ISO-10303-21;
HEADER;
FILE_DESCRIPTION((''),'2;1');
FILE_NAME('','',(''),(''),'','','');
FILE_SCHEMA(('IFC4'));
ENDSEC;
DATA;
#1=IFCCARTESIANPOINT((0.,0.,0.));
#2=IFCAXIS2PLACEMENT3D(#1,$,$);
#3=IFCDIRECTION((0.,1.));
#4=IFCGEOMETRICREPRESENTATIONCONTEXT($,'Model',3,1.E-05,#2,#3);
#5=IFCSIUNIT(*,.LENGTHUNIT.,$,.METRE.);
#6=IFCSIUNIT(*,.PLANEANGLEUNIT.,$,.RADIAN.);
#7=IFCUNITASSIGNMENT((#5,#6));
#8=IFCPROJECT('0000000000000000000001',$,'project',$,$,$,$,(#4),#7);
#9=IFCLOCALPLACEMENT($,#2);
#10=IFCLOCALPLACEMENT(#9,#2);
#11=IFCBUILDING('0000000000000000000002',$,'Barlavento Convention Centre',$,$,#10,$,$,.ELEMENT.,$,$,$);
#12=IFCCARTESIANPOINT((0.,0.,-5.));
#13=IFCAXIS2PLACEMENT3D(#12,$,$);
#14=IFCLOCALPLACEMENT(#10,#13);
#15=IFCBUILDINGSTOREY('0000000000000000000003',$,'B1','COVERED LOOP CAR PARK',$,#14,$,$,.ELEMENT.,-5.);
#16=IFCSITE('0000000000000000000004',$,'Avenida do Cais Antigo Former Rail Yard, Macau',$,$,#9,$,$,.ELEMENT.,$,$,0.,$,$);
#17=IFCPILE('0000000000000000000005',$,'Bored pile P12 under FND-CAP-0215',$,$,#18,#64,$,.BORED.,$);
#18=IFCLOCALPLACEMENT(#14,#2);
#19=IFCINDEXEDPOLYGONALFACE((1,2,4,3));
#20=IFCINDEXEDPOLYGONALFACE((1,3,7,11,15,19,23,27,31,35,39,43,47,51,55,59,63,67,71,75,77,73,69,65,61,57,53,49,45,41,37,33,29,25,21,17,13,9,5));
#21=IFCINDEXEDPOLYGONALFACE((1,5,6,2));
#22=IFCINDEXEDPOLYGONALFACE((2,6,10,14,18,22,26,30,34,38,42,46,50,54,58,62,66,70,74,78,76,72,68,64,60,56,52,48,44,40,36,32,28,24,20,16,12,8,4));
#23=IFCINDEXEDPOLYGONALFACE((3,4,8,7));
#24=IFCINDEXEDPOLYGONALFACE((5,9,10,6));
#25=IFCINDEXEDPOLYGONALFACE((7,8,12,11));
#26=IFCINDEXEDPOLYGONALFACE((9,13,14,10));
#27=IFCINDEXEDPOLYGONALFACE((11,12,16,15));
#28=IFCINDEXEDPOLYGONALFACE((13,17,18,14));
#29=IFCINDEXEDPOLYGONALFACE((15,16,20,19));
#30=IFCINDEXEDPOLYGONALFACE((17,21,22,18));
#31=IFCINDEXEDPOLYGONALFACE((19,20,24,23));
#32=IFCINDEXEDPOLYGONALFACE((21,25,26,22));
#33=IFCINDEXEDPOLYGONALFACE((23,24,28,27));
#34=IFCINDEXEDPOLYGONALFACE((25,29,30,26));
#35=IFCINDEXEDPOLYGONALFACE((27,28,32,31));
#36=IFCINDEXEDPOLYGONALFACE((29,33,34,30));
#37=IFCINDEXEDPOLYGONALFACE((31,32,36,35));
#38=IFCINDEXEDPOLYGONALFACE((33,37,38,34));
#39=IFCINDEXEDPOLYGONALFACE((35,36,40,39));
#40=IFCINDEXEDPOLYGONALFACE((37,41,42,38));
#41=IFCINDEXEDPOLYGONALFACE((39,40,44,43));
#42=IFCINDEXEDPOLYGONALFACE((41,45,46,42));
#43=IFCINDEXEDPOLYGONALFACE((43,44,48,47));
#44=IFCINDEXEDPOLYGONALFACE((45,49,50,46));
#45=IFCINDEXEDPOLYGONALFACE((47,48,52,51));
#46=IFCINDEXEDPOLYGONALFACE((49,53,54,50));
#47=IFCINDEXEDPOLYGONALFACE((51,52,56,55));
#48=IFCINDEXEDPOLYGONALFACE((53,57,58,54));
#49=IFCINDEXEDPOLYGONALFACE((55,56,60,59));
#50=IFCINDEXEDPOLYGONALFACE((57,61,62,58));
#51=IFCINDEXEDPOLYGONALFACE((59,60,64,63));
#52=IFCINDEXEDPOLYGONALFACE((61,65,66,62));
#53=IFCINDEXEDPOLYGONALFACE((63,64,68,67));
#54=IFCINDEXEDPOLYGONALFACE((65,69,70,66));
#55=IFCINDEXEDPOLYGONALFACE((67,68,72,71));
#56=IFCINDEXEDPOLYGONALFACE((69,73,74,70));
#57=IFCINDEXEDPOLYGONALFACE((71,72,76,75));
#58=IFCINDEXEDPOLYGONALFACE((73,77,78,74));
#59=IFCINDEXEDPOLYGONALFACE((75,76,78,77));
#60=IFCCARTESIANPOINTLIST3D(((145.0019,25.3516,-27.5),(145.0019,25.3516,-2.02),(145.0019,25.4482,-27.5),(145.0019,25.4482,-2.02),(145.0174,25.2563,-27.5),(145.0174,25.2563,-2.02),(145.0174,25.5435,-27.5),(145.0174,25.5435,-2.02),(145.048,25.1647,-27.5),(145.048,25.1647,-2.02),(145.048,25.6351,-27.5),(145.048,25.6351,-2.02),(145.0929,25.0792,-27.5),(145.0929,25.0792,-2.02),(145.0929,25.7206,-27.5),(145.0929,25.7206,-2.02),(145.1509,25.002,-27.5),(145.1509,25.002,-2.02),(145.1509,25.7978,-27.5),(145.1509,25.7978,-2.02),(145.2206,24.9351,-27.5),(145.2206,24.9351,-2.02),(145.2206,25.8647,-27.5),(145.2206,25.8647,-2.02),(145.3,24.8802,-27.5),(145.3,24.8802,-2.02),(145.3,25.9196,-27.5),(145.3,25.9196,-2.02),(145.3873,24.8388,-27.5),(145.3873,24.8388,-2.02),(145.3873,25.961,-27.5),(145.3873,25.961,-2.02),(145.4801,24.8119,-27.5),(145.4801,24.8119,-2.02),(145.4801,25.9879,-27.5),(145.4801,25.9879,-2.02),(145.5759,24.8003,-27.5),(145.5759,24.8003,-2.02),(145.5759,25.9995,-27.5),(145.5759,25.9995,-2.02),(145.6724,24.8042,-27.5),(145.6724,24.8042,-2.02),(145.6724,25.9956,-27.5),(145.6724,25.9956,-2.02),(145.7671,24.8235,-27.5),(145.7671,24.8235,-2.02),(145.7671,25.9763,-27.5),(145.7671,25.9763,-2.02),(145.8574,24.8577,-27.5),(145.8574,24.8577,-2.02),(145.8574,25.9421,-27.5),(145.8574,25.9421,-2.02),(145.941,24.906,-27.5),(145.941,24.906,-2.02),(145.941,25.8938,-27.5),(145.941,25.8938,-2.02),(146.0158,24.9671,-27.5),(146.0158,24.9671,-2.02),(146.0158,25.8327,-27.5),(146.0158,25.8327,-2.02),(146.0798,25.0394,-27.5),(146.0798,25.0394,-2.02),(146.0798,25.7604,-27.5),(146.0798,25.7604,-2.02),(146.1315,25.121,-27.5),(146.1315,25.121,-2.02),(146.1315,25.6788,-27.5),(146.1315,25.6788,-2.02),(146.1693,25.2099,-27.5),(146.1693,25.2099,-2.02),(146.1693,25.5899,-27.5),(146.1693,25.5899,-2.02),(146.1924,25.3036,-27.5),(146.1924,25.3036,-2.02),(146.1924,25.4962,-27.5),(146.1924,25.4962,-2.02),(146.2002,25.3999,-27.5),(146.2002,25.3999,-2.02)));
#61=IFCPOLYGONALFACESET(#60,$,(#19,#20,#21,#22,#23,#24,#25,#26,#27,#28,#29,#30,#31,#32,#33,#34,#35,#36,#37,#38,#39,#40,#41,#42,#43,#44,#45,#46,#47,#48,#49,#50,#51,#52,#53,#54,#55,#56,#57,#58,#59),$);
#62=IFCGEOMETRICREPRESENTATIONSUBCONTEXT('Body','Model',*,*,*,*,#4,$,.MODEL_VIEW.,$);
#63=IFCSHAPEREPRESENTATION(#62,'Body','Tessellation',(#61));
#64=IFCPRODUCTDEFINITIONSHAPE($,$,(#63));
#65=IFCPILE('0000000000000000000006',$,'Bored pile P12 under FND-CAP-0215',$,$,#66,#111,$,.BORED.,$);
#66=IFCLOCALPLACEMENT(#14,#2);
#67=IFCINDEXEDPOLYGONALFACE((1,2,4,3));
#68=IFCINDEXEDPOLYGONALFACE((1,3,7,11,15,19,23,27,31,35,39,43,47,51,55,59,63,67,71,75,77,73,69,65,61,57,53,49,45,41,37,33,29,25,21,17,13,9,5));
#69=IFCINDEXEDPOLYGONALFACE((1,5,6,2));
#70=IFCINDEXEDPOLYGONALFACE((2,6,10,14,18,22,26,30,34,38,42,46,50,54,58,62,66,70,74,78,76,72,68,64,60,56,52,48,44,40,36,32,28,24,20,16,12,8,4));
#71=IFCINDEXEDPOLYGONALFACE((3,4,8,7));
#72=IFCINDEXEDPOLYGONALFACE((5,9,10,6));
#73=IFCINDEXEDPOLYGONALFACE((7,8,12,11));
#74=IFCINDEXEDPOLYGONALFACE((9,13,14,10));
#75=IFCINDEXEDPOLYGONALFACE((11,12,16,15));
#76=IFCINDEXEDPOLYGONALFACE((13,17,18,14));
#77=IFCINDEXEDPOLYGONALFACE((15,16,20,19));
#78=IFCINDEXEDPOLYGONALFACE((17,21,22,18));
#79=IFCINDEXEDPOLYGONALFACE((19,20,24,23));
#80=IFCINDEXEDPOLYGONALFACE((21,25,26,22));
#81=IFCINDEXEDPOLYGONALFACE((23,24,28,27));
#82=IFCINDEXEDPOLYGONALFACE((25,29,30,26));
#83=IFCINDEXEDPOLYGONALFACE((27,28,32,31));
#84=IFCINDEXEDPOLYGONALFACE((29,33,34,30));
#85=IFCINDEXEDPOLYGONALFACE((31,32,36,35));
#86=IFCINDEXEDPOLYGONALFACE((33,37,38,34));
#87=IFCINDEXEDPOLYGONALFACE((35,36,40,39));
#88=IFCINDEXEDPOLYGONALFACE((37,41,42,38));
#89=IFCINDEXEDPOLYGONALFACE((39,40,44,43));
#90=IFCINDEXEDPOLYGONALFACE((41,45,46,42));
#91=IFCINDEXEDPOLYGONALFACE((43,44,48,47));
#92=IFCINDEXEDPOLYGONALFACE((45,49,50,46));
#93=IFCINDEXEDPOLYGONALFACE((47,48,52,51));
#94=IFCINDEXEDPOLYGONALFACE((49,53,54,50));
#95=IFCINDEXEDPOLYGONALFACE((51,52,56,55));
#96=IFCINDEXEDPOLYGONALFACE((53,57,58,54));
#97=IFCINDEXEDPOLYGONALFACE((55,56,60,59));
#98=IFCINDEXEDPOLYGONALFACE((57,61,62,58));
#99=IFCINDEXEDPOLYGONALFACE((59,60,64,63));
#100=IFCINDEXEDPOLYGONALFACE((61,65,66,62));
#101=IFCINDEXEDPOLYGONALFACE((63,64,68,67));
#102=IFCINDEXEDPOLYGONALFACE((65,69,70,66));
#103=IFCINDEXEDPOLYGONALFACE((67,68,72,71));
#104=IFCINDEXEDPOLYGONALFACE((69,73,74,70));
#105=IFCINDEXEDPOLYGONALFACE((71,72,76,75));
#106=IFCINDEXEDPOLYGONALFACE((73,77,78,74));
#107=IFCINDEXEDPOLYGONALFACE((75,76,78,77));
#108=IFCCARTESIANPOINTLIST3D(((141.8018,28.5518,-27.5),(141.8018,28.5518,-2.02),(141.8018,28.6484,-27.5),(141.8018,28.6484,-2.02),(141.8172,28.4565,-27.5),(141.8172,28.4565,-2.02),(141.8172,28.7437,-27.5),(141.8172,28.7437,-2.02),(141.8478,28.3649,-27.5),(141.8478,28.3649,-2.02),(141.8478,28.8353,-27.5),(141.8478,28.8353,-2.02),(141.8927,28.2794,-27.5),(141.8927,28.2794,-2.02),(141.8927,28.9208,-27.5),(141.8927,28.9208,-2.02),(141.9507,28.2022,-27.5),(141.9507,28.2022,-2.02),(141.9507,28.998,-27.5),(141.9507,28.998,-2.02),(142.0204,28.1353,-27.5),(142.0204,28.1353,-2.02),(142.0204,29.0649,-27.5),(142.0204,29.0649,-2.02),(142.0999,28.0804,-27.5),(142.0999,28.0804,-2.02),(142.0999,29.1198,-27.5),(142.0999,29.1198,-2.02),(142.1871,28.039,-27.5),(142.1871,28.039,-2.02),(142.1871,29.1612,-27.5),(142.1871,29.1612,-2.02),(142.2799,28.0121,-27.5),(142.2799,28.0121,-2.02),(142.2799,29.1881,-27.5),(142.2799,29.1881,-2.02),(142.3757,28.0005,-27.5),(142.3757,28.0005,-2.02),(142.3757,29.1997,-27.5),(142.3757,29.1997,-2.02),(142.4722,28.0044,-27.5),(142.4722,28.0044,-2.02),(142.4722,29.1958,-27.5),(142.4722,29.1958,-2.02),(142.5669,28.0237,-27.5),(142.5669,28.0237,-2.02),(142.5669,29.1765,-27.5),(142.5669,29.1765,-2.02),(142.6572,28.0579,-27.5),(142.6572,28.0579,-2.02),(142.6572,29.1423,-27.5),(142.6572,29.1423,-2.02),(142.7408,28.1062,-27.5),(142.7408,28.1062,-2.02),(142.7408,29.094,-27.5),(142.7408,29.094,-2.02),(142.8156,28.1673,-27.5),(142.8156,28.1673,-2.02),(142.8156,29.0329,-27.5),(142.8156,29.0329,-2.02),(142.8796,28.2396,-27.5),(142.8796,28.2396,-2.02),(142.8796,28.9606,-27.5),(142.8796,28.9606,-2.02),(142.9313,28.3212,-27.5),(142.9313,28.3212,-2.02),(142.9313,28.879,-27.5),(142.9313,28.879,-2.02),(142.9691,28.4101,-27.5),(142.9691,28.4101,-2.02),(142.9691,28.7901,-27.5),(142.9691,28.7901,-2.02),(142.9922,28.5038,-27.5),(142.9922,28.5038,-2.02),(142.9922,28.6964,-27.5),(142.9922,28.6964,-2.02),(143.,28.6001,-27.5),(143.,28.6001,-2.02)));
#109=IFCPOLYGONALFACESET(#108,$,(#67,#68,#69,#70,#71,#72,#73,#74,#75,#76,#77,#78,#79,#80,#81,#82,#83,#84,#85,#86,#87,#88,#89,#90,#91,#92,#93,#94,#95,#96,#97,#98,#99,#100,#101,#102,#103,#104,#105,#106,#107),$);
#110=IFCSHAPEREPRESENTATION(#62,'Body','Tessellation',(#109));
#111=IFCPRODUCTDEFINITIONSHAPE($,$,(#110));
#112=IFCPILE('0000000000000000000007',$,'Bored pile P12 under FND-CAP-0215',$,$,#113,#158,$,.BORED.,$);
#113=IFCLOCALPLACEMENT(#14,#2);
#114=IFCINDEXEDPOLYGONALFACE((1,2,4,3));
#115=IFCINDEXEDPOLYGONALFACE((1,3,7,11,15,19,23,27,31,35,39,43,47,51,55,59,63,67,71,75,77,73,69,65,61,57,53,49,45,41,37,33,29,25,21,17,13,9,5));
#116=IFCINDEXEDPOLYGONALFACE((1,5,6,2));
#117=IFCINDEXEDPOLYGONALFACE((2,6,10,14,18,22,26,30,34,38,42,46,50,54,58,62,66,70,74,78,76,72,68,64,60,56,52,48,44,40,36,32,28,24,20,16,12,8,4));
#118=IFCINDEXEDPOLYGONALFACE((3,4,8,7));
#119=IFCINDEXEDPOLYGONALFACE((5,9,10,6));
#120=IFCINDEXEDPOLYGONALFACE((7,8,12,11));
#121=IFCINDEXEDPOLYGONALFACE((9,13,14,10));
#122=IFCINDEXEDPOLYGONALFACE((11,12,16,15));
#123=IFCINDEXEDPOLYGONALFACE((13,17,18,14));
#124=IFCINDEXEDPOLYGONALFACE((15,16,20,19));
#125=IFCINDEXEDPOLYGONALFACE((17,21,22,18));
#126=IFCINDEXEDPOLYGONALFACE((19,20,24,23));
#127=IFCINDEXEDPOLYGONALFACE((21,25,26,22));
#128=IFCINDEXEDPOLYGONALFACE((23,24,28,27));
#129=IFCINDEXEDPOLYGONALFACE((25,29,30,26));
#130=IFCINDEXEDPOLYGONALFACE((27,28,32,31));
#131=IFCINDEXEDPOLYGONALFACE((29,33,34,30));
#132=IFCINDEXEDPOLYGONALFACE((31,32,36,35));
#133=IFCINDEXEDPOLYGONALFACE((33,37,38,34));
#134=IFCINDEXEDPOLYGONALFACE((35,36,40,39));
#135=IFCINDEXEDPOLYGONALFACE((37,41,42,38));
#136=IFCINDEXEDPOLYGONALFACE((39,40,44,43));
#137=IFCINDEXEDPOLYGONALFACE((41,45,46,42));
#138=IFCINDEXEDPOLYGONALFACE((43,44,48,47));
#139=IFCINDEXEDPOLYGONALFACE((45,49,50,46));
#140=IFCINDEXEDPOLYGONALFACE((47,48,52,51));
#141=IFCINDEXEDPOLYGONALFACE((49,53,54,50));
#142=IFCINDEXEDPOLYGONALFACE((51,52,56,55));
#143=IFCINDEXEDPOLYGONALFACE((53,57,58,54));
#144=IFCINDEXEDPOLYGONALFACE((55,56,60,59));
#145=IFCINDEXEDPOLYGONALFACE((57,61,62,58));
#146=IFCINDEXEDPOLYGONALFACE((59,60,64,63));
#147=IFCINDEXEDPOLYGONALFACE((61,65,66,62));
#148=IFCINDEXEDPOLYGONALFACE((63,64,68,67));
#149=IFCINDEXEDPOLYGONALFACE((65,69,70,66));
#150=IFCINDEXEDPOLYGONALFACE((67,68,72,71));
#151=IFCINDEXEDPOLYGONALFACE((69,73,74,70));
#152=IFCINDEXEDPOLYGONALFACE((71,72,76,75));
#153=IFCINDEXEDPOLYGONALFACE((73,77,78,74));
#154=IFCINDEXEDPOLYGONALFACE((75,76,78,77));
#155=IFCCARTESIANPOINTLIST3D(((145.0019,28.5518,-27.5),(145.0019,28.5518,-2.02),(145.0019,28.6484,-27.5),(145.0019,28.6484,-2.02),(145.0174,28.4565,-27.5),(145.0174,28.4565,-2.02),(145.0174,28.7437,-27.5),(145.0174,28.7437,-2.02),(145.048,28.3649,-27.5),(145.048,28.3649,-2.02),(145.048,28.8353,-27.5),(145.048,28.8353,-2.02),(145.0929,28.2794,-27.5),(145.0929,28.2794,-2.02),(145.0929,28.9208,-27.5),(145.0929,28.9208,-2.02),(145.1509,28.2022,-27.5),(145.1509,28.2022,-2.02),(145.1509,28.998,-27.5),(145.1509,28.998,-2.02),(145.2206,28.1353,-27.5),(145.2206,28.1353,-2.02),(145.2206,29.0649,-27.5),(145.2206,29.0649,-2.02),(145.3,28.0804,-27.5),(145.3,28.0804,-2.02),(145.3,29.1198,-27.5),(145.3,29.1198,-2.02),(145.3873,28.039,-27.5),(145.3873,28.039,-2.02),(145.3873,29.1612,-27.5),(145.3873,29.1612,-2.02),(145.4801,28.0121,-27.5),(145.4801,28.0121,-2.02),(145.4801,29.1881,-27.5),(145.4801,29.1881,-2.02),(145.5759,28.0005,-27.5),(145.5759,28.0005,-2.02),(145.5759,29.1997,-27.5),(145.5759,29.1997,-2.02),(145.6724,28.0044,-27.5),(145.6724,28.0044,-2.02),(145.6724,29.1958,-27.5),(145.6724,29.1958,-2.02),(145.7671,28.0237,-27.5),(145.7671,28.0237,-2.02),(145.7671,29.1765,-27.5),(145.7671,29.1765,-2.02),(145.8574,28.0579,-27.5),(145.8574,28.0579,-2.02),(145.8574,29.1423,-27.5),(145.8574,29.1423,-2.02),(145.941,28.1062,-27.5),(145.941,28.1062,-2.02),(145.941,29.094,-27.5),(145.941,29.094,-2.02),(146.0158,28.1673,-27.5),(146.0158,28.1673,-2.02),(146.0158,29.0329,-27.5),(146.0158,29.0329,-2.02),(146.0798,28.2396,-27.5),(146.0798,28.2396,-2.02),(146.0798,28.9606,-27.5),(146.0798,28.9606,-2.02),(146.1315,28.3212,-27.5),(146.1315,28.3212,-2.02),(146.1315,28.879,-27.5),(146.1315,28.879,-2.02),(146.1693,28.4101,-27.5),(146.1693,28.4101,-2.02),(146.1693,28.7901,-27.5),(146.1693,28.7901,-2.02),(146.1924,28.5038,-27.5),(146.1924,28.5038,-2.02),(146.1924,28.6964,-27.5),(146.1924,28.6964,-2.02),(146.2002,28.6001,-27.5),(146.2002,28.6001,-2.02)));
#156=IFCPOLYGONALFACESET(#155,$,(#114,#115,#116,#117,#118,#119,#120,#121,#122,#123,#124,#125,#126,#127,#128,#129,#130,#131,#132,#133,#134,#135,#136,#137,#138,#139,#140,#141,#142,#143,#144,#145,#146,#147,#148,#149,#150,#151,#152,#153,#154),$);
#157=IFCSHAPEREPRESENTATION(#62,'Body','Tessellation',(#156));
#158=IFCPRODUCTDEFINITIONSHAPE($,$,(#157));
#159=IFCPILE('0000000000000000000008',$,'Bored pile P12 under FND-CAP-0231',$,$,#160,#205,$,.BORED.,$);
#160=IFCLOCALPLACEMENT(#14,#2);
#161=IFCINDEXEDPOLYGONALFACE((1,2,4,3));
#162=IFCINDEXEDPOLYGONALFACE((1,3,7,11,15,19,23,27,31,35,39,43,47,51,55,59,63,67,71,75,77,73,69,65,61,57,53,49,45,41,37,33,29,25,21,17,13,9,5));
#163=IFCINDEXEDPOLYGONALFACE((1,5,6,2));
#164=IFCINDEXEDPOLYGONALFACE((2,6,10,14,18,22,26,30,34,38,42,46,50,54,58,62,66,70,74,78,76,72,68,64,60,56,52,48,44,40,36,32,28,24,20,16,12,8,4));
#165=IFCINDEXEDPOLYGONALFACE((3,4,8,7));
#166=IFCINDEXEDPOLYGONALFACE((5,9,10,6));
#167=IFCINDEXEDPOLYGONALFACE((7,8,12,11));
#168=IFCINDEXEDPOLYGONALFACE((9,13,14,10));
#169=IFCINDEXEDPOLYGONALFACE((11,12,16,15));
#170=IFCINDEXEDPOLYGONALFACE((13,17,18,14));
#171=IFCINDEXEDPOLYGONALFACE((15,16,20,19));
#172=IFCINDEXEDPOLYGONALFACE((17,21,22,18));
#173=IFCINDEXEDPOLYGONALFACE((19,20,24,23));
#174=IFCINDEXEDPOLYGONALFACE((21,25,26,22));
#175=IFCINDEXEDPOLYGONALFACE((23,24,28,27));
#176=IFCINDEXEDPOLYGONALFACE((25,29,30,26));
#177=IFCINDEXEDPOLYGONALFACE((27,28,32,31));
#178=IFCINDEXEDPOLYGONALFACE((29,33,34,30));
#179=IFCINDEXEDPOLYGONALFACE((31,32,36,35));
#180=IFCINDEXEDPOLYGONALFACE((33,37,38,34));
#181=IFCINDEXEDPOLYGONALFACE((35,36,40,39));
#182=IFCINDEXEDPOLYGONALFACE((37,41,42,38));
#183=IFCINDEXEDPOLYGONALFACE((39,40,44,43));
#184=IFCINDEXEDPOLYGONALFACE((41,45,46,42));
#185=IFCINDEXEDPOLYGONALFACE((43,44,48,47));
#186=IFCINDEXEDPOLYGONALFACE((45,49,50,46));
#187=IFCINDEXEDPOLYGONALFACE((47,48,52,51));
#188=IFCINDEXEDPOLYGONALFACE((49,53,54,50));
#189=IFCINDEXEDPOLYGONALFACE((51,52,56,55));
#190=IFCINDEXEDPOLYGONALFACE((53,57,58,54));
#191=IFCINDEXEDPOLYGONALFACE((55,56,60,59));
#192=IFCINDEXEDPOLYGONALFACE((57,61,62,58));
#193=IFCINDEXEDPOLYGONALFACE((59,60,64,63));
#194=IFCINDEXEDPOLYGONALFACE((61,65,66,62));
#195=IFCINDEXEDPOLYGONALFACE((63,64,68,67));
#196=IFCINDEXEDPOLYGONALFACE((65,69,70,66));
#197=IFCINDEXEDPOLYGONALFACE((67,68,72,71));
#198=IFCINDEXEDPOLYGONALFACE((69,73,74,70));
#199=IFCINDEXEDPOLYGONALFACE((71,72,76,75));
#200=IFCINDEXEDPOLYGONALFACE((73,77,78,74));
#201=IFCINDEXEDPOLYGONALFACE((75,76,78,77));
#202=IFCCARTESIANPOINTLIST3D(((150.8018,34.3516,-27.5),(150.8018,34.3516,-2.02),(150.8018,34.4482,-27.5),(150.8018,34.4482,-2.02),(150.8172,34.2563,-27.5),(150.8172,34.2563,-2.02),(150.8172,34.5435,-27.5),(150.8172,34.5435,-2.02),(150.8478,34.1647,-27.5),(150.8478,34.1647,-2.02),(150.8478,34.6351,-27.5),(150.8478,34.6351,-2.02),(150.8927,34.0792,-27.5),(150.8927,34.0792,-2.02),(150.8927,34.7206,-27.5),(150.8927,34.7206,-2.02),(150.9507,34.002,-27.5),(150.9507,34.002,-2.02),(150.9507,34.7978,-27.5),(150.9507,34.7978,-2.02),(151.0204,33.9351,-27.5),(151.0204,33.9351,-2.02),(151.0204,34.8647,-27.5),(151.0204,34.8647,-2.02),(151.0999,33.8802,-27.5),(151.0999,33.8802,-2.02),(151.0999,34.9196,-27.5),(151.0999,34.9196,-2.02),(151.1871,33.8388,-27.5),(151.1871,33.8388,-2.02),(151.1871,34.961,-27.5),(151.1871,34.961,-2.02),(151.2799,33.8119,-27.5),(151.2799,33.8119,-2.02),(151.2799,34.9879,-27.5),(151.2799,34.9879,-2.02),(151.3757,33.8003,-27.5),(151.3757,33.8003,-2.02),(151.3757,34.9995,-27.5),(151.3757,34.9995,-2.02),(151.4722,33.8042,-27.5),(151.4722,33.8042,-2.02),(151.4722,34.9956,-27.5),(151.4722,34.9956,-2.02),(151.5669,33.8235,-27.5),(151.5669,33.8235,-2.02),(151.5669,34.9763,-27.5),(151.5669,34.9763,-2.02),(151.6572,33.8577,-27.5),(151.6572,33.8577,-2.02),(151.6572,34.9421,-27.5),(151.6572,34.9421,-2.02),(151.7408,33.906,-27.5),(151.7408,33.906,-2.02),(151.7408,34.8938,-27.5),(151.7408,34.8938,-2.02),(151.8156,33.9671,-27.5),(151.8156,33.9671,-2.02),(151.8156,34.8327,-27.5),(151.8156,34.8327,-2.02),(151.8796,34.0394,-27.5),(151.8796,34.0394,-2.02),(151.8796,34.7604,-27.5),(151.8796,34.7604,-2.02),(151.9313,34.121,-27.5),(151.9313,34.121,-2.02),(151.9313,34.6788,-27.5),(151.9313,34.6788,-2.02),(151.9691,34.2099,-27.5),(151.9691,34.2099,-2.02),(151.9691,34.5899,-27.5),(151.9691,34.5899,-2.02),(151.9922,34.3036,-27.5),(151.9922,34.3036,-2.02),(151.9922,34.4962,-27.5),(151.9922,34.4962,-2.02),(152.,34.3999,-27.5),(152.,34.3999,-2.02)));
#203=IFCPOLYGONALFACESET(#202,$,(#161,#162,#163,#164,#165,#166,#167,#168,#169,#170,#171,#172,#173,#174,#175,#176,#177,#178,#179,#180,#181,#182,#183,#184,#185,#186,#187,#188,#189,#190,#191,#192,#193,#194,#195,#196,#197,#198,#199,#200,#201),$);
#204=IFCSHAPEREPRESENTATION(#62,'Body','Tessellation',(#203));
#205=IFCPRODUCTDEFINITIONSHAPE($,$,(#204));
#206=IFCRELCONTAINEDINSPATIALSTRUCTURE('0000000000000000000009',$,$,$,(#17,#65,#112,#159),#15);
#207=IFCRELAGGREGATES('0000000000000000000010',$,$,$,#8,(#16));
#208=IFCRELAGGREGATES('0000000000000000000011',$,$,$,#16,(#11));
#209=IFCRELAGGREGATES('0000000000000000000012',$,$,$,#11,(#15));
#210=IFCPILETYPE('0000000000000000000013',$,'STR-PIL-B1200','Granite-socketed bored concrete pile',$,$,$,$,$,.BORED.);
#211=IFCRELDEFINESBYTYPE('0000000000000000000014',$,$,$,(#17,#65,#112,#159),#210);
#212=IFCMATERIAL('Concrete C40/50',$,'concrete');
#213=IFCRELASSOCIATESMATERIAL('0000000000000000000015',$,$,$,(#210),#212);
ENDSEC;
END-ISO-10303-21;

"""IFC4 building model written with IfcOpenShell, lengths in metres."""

from ifc_helpers import new_model, si_unit, direction, frame, origin, origin_2d, place, context, subcontext, project, spatial, circle, extrude, material, material_profile, profile_set, type_object, element, save


model = new_model("IFC4")

# Units and contexts
model_context = context("Model", 3, precision=1e-05, world=origin(), true_north=direction((0.0, 1.0)))
body_context = subcontext(model_context, "Body", "Model", "MODEL_VIEW")
ifc_project = project(units=[si_unit("LENGTHUNIT", "METRE"), si_unit("PLANEANGLEUNIT", "RADIAN")], contexts=[model_context])

# Site, building, storey
site_placement = place(None, origin())
site = spatial("IfcSite", under=ifc_project, at=site_placement, Name="Avenida do Cais Antigo Former Rail Yard, Macau", CompositionType="ELEMENT", RefElevation=0.0)
building_placement = place(site_placement, origin())
building = spatial("IfcBuilding", under=site, at=building_placement, Name="Barlavento Convention Centre", CompositionType="ELEMENT")
storey_placement = place(building_placement, frame((0.0, 0.0, -5.0)))
storey = spatial("IfcBuildingStorey", under=building, at=storey_placement, Name="B1", Description="COVERED LOOP CAR PARK", CompositionType="ELEMENT", Elevation=-5.0)

# Shared definitions
ifc_material_1 = material(Name="Concrete C40/50", Category="concrete")

# Piles
ifc_material_profile_1 = material_profile(ifc_material_1, circle(Radius=0.6001, at=origin_2d()), Name="BORED PILE 1200")
ifc_profile_set_1 = profile_set([ifc_material_profile_1], Name="Concrete C40/50")
pile_type_1 = type_object("IfcPileType", Name="STR-PIL-B1200", Description="Granite-socketed bored concrete pile", PredefinedType="BORED", material=ifc_profile_set_1)
for number, where, z_axis, x_axis, name in (
    (1, (145.6001, 25.3999, -2.02), (0.0, 0.0, -1.0), (1.0, 0.0, 0.0), "Bored pile P12 under FND-CAP-0215"),
    (2, (142.3999, 28.6001, -2.02), (0.0, 0.0, -1.0), (1.0, 0.0, 0.0), "Bored pile P12 under FND-CAP-0215"),
    (3, (145.6001, 28.6001, -2.02), (0.0, 0.0, -1.0), (1.0, 0.0, 0.0), "Bored pile P12 under FND-CAP-0215"),
    (4, (151.3999, 34.3999, -2.02), (0.0, 0.0, -1.0), (1.0, 0.0, 0.0), "Bored pile P12 under FND-CAP-0231"),
):
    element("IfcPile", number, at=place(storey_placement, frame(where, z_axis=z_axis, x_axis=x_axis)), inside=storey, type_object=pile_type_1, Name=name, PredefinedType="BORED", context=body_context, shape_type="SweptSolid", body=[
        extrude(circle(Radius=0.6001, at=origin_2d()), origin(), (0.0, 0.0, 1.0), 25.48),
    ])

save(model, "model.ifc")
